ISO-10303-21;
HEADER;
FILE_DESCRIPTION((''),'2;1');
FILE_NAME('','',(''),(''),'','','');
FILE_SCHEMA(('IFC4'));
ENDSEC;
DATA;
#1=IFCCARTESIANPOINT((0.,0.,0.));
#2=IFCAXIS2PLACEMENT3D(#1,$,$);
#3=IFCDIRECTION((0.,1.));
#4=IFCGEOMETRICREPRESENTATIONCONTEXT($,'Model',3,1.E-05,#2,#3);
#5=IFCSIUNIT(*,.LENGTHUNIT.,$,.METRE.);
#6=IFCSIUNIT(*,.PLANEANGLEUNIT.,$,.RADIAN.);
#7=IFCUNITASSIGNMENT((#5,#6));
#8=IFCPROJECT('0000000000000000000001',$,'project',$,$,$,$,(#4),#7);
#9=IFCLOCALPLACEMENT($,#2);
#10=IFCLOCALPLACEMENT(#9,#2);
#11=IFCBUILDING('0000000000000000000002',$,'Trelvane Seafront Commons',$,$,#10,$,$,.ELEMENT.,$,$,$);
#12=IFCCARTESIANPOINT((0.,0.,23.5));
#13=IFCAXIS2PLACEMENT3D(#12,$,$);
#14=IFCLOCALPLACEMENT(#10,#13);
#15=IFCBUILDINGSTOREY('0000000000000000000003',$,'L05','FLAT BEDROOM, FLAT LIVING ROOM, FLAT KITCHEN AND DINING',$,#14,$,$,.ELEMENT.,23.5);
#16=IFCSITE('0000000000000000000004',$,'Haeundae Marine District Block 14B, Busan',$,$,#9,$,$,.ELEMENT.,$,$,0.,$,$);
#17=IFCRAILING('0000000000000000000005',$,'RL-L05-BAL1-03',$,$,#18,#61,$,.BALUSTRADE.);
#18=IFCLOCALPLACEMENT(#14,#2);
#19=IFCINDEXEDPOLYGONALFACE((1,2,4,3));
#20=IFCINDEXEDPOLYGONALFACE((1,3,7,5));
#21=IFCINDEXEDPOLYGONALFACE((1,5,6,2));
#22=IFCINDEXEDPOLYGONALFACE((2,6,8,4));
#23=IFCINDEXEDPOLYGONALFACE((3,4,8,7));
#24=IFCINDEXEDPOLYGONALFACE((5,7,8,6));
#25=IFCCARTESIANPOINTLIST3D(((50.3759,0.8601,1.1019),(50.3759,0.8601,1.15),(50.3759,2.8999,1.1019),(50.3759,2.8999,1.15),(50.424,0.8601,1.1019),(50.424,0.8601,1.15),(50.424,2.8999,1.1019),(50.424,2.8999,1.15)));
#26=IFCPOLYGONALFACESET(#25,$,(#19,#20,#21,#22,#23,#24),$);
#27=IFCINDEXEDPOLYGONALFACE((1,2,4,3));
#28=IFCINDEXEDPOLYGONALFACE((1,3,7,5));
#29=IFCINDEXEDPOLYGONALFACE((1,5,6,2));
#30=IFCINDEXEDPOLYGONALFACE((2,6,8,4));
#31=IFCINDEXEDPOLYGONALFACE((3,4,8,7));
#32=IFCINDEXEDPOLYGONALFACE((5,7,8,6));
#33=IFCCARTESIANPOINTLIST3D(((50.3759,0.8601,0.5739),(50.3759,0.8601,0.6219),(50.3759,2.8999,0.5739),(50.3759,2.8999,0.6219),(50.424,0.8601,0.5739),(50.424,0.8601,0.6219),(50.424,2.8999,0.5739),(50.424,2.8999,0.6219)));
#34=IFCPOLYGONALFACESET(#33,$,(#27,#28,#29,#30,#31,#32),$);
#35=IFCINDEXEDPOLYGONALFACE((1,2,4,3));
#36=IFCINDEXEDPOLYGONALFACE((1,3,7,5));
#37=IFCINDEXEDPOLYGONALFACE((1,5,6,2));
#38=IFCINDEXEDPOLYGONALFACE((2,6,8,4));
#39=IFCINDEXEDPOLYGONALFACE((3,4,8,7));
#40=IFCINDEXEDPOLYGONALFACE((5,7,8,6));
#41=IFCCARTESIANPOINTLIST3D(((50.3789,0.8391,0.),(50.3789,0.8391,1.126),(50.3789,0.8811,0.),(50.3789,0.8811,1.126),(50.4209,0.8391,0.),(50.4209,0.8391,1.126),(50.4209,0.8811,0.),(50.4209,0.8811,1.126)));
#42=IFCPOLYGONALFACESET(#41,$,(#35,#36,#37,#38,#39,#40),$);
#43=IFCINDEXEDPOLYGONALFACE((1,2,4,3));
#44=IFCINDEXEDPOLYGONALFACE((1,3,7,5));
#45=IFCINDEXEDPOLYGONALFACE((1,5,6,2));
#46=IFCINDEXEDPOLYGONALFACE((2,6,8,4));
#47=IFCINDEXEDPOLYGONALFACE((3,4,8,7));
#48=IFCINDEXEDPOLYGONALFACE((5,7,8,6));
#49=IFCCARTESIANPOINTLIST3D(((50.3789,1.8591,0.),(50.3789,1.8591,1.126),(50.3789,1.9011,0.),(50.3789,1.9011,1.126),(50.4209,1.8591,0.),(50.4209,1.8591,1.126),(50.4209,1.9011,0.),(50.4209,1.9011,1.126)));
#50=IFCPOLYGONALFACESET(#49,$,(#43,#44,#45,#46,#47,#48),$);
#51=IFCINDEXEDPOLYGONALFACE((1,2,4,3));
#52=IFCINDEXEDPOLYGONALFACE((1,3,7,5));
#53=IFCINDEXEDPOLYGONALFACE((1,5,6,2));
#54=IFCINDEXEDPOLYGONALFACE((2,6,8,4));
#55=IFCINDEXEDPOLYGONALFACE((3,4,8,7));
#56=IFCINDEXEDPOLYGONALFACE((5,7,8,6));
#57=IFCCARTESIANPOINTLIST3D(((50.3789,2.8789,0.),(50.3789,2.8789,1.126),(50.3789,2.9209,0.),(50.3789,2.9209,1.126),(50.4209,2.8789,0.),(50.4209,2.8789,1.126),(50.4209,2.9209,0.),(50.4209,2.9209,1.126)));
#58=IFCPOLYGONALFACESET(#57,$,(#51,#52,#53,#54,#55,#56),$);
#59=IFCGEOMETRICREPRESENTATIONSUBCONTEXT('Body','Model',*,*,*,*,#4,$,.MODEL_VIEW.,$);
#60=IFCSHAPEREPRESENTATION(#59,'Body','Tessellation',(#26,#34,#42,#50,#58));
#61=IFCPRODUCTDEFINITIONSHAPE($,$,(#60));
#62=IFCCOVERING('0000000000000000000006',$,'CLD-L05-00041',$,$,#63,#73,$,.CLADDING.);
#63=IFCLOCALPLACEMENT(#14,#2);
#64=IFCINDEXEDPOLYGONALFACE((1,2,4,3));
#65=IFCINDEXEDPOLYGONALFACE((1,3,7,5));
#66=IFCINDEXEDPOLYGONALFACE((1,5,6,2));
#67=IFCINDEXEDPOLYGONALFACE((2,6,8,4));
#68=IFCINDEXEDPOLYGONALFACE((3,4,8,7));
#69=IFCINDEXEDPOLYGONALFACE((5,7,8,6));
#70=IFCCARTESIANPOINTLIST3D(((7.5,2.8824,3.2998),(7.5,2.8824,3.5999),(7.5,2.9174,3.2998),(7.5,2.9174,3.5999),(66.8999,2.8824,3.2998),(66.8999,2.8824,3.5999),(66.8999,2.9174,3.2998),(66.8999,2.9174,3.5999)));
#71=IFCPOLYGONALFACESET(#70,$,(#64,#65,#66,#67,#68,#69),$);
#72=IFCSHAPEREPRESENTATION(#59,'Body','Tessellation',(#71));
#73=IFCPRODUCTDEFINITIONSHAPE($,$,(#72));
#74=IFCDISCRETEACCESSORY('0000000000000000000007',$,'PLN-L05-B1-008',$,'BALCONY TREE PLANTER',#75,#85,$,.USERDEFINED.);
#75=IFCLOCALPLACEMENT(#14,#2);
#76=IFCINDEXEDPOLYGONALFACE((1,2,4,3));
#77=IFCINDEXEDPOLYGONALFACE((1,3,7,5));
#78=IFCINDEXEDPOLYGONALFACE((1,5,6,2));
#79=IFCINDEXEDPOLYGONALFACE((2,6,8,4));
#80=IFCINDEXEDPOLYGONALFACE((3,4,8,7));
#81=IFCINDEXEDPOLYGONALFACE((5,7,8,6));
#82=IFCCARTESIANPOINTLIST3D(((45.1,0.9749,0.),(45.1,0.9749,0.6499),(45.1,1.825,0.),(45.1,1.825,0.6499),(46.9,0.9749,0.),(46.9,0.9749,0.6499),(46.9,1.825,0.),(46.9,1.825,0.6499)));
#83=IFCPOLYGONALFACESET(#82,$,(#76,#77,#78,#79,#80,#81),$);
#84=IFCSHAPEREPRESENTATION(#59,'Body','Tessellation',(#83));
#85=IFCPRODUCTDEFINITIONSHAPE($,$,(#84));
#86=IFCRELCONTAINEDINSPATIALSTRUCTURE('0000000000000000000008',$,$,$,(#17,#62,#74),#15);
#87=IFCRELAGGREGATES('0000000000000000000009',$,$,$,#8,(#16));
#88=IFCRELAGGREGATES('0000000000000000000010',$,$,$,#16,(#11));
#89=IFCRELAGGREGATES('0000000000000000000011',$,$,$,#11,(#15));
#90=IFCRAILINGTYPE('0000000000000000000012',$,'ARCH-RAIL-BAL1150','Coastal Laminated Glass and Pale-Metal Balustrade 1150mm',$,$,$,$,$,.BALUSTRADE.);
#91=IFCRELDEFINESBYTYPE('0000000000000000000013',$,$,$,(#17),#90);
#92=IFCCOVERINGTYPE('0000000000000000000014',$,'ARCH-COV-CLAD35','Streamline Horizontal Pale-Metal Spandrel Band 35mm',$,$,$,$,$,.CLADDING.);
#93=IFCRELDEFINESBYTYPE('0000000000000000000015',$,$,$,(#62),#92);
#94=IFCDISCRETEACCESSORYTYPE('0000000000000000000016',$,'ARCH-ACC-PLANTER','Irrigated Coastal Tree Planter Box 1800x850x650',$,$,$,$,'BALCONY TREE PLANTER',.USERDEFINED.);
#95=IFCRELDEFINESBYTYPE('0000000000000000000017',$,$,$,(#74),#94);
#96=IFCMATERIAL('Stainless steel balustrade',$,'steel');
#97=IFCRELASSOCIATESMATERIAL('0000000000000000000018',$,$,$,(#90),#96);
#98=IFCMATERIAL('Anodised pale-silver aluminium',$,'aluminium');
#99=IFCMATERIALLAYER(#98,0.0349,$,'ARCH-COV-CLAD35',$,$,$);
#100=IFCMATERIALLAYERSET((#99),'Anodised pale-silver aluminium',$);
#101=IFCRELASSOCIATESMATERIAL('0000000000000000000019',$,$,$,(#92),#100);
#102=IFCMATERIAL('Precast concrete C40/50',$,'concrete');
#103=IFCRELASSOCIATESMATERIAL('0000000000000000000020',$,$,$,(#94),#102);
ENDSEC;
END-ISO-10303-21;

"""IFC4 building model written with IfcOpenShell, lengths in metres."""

from ifc_helpers import new_model, si_unit, direction, frame, origin, origin_2d, place, context, subcontext, project, spatial, rectangle, extrude, source, transform, mapped, material, layer, layer_set, type_object, element, save


model = new_model("IFC4")

# Units and contexts
model_context = context("Model", 3, precision=1e-05, world=origin(), true_north=direction((0.0, 1.0)))
body_context = subcontext(model_context, "Body", "Model", "MODEL_VIEW")
ifc_project = project(units=[si_unit("LENGTHUNIT", "METRE"), si_unit("PLANEANGLEUNIT", "RADIAN")], contexts=[model_context])

# Site, building, storey
site_placement = place(None, origin())
site = spatial("IfcSite", under=ifc_project, at=site_placement, Name="Haeundae Marine District Block 14B, Busan", CompositionType="ELEMENT", RefElevation=0.0)
building_placement = place(site_placement, origin())
building = spatial("IfcBuilding", under=site, at=building_placement, Name="Trelvane Seafront Commons", CompositionType="ELEMENT")
storey_placement = place(building_placement, frame((0.0, 0.0, 23.5)))
storey = spatial("IfcBuildingStorey", under=building, at=storey_placement, Name="L05", Description="FLAT BEDROOM, FLAT LIVING ROOM, FLAT KITCHEN AND DINING", CompositionType="ELEMENT", Elevation=23.5)

# Shared definitions
ifc_material_1 = material(Name="Anodised pale-silver aluminium", Category="aluminium")

# Railing
ifc_material_2 = material(Name="Stainless steel balustrade", Category="steel")
railing_type = type_object("IfcRailingType", Name="ARCH-RAIL-BAL1150", Description="Coastal Laminated Glass and Pale-Metal Balustrade 1150mm", PredefinedType="BALUSTRADE", material=ifc_material_2)
railing_1_placement = place(storey_placement, frame((50.3999, 0.8601, 0.0)))
element("IfcRailing", 1, at=railing_1_placement, inside=storey, type_object=railing_type, Name="RL-L05-BAL1-03", PredefinedType="BALUSTRADE", context=body_context, shape_type="SweptSolid", body=[
    extrude(rectangle(XDim=0.0481, YDim=0.0481, at=origin_2d()), frame((0.0, 0.0, 1.126), z_axis=(0.0, 1.0, 0.0), x_axis=(-1.0, 0.0, 0.0)), (0.0, 0.0, 1.0), 2.0398),
    extrude(rectangle(XDim=0.0481, YDim=0.0481, at=origin_2d()), frame((0.0, 0.0, 0.5979), z_axis=(0.0, 1.0, 0.0), x_axis=(-1.0, 0.0, 0.0)), (0.0, 0.0, 1.0), 2.0398),
    extrude(rectangle(XDim=0.042, YDim=0.042, at=origin_2d()), origin(), (0.0, 0.0, 1.0), 1.126),
    extrude(rectangle(XDim=0.042, YDim=0.042, at=origin_2d()), frame((0.0, 1.02, 0.0)), (0.0, 0.0, 1.0), 1.126),
    extrude(rectangle(XDim=0.042, YDim=0.042, at=origin_2d()), frame((0.0, 2.0398, 0.0)), (0.0, 0.0, 1.0), 1.126),
])

# Covering
ifc_layer_1 = layer(ifc_material_1, 0.0349, Name="ARCH-COV-CLAD35")
ifc_layer_set_1 = layer_set([ifc_layer_1], Name="Anodised pale-silver aluminium")
covering_type = type_object("IfcCoveringType", Name="ARCH-COV-CLAD35", Description="Streamline Horizontal Pale-Metal Spandrel Band 35mm", PredefinedType="CLADDING", material=ifc_layer_set_1)
shared_shape_1 = source(origin(), body_context, "Body", "SweptSolid", [
    extrude(rectangle(XDim=59.3999, YDim=0.0349, at=origin_2d()), origin(), (0.0, 0.0, 1.0), 0.3),
])
covering_placement = place(storey_placement, frame((37.2, 2.8999, 3.2998), z_axis=(0.0, 0.0, 1.0), x_axis=(-1.0, 0.0, 0.0)))
element("IfcCovering", 2, at=covering_placement, inside=storey, type_object=covering_type, Name="CLD-L05-00041", PredefinedType="CLADDING", context=body_context, shape_type="MappedRepresentation", body=[
    mapped(shared_shape_1, transform((0.0, 0.0, 0.0), x_axis=(1.0, 0.0, 0.0), y_axis=(0.0, 1.0, 0.0), z_axis=(0.0, 0.0, 1.0), scale=1.0)),
])

# Discrete accessory
ifc_material_3 = material(Name="Precast concrete C40/50", Category="concrete")
discrete_accessory_type = type_object("IfcDiscreteAccessoryType", Name="ARCH-ACC-PLANTER", Description="Irrigated Coastal Tree Planter Box 1800x850x650", ElementType="BALCONY TREE PLANTER", PredefinedType="USERDEFINED", material=ifc_material_3)
shared_shape_2 = source(origin(), body_context, "Body", "SweptSolid", [
    extrude(rectangle(XDim=1.8, YDim=0.8501, at=origin_2d()), origin(), (0.0, 0.0, 1.0), 0.6499),
])
discrete_accessory_placement = place(storey_placement, frame((46.0, 1.3999, 0.0), z_axis=(0.0, 0.0, 1.0), x_axis=(1.0, 0.0, 0.0)))
element("IfcDiscreteAccessory", 3, at=discrete_accessory_placement, inside=storey, type_object=discrete_accessory_type, Name="PLN-L05-B1-008", ObjectType="BALCONY TREE PLANTER", PredefinedType="USERDEFINED", context=body_context, shape_type="MappedRepresentation", body=[
    mapped(shared_shape_2, transform((0.0, 0.0, 0.0), x_axis=(1.0, 0.0, 0.0), y_axis=(0.0, 1.0, 0.0), z_axis=(0.0, 0.0, 1.0), scale=1.0)),
])

save(model, "model.ifc")
